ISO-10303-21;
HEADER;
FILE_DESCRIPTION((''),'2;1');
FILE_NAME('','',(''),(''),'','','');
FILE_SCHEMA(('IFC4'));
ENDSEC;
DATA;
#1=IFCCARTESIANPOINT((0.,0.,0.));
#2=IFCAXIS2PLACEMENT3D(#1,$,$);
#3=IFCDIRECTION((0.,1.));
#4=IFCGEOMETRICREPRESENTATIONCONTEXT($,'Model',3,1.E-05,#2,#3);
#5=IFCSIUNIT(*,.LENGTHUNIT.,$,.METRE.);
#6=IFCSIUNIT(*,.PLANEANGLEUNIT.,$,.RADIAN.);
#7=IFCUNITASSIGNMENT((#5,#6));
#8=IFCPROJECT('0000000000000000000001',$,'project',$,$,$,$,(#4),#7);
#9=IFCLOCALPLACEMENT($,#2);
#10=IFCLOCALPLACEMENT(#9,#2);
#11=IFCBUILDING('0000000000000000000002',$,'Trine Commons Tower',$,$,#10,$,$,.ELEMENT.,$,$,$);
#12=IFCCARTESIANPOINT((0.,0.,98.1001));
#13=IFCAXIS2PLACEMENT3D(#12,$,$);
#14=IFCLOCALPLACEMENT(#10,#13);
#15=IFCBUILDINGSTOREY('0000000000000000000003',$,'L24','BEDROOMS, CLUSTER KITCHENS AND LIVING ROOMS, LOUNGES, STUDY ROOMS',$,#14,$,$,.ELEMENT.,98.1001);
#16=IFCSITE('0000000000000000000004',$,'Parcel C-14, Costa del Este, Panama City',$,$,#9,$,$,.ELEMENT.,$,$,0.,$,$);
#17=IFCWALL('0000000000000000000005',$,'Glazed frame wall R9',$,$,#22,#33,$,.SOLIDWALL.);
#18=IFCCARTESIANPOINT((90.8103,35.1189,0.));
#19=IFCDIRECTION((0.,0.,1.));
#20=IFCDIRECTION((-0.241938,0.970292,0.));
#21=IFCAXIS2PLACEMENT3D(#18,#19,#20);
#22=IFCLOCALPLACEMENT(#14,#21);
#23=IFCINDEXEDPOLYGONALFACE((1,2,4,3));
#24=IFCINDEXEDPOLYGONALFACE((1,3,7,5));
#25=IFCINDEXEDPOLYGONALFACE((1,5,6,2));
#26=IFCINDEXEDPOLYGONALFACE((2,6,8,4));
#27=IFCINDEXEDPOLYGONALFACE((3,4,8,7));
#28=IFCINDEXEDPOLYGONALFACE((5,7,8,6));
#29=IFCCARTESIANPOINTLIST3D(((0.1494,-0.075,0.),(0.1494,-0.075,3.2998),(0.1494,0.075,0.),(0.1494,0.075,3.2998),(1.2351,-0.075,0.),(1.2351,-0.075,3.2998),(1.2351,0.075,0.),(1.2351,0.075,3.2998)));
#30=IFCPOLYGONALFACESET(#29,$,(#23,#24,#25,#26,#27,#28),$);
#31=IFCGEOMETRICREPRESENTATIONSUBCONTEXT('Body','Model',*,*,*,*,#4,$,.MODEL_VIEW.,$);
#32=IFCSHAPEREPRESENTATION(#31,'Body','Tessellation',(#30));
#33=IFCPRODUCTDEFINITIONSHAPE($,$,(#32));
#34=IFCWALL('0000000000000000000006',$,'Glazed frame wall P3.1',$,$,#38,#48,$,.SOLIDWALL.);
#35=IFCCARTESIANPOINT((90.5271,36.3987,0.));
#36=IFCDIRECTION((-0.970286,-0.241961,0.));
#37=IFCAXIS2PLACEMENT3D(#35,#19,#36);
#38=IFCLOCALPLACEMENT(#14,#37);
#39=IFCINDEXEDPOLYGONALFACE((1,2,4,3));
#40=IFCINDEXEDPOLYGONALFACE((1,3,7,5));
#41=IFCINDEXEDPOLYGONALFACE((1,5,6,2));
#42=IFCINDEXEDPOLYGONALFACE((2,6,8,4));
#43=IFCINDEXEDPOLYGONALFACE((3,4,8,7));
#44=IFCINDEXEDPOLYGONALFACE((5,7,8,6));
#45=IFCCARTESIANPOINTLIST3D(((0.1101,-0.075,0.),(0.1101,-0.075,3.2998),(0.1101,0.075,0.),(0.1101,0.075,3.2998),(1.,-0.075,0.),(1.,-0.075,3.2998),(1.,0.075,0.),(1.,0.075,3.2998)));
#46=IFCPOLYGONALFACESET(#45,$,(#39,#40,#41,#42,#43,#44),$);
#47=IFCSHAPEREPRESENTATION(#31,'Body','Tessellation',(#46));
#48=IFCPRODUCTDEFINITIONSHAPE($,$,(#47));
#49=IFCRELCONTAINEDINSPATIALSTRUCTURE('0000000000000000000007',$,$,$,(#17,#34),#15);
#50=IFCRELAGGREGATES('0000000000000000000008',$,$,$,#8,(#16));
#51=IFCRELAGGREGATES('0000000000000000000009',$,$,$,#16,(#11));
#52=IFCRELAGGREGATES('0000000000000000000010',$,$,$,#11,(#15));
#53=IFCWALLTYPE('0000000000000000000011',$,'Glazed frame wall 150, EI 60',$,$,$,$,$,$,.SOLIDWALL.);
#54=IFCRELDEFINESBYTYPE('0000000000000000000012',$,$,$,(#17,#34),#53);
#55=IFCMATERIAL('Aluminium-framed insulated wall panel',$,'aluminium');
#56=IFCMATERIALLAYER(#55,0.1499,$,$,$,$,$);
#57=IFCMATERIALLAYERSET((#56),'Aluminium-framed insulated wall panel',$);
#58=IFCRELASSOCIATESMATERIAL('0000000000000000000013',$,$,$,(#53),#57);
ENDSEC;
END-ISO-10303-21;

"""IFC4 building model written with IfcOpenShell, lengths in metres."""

from ifc_helpers import new_model, si_unit, direction, frame, origin, place, context, subcontext, project, spatial, polyline, outline, extrude, material, layer, layer_set, type_object, element, save


model = new_model("IFC4")

# Units and contexts
model_context = context("Model", 3, precision=1e-05, world=origin(), true_north=direction((0.0, 1.0)))
body_context = subcontext(model_context, "Body", "Model", "MODEL_VIEW")
ifc_project = project(units=[si_unit("LENGTHUNIT", "METRE"), si_unit("PLANEANGLEUNIT", "RADIAN")], contexts=[model_context])

# Site, building, storey
site_placement = place(None, origin())
site = spatial("IfcSite", under=ifc_project, at=site_placement, Name="Parcel C-14, Costa del Este, Panama City", CompositionType="ELEMENT", RefElevation=0.0)
building_placement = place(site_placement, origin())
building = spatial("IfcBuilding", under=site, at=building_placement, Name="Trine Commons Tower", CompositionType="ELEMENT")
storey_placement = place(building_placement, frame((0.0, 0.0, 98.1001)))
storey = spatial("IfcBuildingStorey", under=building, at=storey_placement, Name="L24", Description="BEDROOMS, CLUSTER KITCHENS AND LIVING ROOMS, LOUNGES, STUDY ROOMS", CompositionType="ELEMENT", Elevation=98.1001)

# Walls
ifc_material_1 = material(Name="Aluminium-framed insulated wall panel", Category="aluminium")
ifc_layer_1 = layer(ifc_material_1, 0.1499)
ifc_layer_set_1 = layer_set([ifc_layer_1], Name="Aluminium-framed insulated wall panel")
wall_type_1 = type_object("IfcWallType", Name="Glazed frame wall 150, EI 60", PredefinedType="SOLIDWALL", material=ifc_layer_set_1)
wall_1_placement = place(storey_placement, frame((90.8103, 35.1189, 0.0), z_axis=(0.0, 0.0, 1.0), x_axis=(-0.241938, 0.970292, 0.0)))
element("IfcWall", 1, at=wall_1_placement, inside=storey, type_object=wall_type_1, Name="Glazed frame wall R9", PredefinedType="SOLIDWALL", context=body_context, shape_type="SweptSolid", body=[
    extrude(outline(polyline([(0.1494, 0.075), (0.1494, -0.075), (1.2351, -0.075), (1.2351, 0.075), (0.1494, 0.075)])), origin(), (0.0, 0.0, 1.0), 3.2998),
])
wall_2_placement = place(storey_placement, frame((90.5271, 36.3987, 0.0), z_axis=(0.0, 0.0, 1.0), x_axis=(-0.970286, -0.241961, 0.0)))
element("IfcWall", 2, at=wall_2_placement, inside=storey, type_object=wall_type_1, Name="Glazed frame wall P3.1", PredefinedType="SOLIDWALL", context=body_context, shape_type="SweptSolid", body=[
    extrude(outline(polyline([(0.1101, -0.075), (1.0, -0.075), (1.0, 0.075), (0.1101, 0.075), (0.1101, -0.075)])), origin(), (0.0, 0.0, 1.0), 3.2998),
])

save(model, "model.ifc")
